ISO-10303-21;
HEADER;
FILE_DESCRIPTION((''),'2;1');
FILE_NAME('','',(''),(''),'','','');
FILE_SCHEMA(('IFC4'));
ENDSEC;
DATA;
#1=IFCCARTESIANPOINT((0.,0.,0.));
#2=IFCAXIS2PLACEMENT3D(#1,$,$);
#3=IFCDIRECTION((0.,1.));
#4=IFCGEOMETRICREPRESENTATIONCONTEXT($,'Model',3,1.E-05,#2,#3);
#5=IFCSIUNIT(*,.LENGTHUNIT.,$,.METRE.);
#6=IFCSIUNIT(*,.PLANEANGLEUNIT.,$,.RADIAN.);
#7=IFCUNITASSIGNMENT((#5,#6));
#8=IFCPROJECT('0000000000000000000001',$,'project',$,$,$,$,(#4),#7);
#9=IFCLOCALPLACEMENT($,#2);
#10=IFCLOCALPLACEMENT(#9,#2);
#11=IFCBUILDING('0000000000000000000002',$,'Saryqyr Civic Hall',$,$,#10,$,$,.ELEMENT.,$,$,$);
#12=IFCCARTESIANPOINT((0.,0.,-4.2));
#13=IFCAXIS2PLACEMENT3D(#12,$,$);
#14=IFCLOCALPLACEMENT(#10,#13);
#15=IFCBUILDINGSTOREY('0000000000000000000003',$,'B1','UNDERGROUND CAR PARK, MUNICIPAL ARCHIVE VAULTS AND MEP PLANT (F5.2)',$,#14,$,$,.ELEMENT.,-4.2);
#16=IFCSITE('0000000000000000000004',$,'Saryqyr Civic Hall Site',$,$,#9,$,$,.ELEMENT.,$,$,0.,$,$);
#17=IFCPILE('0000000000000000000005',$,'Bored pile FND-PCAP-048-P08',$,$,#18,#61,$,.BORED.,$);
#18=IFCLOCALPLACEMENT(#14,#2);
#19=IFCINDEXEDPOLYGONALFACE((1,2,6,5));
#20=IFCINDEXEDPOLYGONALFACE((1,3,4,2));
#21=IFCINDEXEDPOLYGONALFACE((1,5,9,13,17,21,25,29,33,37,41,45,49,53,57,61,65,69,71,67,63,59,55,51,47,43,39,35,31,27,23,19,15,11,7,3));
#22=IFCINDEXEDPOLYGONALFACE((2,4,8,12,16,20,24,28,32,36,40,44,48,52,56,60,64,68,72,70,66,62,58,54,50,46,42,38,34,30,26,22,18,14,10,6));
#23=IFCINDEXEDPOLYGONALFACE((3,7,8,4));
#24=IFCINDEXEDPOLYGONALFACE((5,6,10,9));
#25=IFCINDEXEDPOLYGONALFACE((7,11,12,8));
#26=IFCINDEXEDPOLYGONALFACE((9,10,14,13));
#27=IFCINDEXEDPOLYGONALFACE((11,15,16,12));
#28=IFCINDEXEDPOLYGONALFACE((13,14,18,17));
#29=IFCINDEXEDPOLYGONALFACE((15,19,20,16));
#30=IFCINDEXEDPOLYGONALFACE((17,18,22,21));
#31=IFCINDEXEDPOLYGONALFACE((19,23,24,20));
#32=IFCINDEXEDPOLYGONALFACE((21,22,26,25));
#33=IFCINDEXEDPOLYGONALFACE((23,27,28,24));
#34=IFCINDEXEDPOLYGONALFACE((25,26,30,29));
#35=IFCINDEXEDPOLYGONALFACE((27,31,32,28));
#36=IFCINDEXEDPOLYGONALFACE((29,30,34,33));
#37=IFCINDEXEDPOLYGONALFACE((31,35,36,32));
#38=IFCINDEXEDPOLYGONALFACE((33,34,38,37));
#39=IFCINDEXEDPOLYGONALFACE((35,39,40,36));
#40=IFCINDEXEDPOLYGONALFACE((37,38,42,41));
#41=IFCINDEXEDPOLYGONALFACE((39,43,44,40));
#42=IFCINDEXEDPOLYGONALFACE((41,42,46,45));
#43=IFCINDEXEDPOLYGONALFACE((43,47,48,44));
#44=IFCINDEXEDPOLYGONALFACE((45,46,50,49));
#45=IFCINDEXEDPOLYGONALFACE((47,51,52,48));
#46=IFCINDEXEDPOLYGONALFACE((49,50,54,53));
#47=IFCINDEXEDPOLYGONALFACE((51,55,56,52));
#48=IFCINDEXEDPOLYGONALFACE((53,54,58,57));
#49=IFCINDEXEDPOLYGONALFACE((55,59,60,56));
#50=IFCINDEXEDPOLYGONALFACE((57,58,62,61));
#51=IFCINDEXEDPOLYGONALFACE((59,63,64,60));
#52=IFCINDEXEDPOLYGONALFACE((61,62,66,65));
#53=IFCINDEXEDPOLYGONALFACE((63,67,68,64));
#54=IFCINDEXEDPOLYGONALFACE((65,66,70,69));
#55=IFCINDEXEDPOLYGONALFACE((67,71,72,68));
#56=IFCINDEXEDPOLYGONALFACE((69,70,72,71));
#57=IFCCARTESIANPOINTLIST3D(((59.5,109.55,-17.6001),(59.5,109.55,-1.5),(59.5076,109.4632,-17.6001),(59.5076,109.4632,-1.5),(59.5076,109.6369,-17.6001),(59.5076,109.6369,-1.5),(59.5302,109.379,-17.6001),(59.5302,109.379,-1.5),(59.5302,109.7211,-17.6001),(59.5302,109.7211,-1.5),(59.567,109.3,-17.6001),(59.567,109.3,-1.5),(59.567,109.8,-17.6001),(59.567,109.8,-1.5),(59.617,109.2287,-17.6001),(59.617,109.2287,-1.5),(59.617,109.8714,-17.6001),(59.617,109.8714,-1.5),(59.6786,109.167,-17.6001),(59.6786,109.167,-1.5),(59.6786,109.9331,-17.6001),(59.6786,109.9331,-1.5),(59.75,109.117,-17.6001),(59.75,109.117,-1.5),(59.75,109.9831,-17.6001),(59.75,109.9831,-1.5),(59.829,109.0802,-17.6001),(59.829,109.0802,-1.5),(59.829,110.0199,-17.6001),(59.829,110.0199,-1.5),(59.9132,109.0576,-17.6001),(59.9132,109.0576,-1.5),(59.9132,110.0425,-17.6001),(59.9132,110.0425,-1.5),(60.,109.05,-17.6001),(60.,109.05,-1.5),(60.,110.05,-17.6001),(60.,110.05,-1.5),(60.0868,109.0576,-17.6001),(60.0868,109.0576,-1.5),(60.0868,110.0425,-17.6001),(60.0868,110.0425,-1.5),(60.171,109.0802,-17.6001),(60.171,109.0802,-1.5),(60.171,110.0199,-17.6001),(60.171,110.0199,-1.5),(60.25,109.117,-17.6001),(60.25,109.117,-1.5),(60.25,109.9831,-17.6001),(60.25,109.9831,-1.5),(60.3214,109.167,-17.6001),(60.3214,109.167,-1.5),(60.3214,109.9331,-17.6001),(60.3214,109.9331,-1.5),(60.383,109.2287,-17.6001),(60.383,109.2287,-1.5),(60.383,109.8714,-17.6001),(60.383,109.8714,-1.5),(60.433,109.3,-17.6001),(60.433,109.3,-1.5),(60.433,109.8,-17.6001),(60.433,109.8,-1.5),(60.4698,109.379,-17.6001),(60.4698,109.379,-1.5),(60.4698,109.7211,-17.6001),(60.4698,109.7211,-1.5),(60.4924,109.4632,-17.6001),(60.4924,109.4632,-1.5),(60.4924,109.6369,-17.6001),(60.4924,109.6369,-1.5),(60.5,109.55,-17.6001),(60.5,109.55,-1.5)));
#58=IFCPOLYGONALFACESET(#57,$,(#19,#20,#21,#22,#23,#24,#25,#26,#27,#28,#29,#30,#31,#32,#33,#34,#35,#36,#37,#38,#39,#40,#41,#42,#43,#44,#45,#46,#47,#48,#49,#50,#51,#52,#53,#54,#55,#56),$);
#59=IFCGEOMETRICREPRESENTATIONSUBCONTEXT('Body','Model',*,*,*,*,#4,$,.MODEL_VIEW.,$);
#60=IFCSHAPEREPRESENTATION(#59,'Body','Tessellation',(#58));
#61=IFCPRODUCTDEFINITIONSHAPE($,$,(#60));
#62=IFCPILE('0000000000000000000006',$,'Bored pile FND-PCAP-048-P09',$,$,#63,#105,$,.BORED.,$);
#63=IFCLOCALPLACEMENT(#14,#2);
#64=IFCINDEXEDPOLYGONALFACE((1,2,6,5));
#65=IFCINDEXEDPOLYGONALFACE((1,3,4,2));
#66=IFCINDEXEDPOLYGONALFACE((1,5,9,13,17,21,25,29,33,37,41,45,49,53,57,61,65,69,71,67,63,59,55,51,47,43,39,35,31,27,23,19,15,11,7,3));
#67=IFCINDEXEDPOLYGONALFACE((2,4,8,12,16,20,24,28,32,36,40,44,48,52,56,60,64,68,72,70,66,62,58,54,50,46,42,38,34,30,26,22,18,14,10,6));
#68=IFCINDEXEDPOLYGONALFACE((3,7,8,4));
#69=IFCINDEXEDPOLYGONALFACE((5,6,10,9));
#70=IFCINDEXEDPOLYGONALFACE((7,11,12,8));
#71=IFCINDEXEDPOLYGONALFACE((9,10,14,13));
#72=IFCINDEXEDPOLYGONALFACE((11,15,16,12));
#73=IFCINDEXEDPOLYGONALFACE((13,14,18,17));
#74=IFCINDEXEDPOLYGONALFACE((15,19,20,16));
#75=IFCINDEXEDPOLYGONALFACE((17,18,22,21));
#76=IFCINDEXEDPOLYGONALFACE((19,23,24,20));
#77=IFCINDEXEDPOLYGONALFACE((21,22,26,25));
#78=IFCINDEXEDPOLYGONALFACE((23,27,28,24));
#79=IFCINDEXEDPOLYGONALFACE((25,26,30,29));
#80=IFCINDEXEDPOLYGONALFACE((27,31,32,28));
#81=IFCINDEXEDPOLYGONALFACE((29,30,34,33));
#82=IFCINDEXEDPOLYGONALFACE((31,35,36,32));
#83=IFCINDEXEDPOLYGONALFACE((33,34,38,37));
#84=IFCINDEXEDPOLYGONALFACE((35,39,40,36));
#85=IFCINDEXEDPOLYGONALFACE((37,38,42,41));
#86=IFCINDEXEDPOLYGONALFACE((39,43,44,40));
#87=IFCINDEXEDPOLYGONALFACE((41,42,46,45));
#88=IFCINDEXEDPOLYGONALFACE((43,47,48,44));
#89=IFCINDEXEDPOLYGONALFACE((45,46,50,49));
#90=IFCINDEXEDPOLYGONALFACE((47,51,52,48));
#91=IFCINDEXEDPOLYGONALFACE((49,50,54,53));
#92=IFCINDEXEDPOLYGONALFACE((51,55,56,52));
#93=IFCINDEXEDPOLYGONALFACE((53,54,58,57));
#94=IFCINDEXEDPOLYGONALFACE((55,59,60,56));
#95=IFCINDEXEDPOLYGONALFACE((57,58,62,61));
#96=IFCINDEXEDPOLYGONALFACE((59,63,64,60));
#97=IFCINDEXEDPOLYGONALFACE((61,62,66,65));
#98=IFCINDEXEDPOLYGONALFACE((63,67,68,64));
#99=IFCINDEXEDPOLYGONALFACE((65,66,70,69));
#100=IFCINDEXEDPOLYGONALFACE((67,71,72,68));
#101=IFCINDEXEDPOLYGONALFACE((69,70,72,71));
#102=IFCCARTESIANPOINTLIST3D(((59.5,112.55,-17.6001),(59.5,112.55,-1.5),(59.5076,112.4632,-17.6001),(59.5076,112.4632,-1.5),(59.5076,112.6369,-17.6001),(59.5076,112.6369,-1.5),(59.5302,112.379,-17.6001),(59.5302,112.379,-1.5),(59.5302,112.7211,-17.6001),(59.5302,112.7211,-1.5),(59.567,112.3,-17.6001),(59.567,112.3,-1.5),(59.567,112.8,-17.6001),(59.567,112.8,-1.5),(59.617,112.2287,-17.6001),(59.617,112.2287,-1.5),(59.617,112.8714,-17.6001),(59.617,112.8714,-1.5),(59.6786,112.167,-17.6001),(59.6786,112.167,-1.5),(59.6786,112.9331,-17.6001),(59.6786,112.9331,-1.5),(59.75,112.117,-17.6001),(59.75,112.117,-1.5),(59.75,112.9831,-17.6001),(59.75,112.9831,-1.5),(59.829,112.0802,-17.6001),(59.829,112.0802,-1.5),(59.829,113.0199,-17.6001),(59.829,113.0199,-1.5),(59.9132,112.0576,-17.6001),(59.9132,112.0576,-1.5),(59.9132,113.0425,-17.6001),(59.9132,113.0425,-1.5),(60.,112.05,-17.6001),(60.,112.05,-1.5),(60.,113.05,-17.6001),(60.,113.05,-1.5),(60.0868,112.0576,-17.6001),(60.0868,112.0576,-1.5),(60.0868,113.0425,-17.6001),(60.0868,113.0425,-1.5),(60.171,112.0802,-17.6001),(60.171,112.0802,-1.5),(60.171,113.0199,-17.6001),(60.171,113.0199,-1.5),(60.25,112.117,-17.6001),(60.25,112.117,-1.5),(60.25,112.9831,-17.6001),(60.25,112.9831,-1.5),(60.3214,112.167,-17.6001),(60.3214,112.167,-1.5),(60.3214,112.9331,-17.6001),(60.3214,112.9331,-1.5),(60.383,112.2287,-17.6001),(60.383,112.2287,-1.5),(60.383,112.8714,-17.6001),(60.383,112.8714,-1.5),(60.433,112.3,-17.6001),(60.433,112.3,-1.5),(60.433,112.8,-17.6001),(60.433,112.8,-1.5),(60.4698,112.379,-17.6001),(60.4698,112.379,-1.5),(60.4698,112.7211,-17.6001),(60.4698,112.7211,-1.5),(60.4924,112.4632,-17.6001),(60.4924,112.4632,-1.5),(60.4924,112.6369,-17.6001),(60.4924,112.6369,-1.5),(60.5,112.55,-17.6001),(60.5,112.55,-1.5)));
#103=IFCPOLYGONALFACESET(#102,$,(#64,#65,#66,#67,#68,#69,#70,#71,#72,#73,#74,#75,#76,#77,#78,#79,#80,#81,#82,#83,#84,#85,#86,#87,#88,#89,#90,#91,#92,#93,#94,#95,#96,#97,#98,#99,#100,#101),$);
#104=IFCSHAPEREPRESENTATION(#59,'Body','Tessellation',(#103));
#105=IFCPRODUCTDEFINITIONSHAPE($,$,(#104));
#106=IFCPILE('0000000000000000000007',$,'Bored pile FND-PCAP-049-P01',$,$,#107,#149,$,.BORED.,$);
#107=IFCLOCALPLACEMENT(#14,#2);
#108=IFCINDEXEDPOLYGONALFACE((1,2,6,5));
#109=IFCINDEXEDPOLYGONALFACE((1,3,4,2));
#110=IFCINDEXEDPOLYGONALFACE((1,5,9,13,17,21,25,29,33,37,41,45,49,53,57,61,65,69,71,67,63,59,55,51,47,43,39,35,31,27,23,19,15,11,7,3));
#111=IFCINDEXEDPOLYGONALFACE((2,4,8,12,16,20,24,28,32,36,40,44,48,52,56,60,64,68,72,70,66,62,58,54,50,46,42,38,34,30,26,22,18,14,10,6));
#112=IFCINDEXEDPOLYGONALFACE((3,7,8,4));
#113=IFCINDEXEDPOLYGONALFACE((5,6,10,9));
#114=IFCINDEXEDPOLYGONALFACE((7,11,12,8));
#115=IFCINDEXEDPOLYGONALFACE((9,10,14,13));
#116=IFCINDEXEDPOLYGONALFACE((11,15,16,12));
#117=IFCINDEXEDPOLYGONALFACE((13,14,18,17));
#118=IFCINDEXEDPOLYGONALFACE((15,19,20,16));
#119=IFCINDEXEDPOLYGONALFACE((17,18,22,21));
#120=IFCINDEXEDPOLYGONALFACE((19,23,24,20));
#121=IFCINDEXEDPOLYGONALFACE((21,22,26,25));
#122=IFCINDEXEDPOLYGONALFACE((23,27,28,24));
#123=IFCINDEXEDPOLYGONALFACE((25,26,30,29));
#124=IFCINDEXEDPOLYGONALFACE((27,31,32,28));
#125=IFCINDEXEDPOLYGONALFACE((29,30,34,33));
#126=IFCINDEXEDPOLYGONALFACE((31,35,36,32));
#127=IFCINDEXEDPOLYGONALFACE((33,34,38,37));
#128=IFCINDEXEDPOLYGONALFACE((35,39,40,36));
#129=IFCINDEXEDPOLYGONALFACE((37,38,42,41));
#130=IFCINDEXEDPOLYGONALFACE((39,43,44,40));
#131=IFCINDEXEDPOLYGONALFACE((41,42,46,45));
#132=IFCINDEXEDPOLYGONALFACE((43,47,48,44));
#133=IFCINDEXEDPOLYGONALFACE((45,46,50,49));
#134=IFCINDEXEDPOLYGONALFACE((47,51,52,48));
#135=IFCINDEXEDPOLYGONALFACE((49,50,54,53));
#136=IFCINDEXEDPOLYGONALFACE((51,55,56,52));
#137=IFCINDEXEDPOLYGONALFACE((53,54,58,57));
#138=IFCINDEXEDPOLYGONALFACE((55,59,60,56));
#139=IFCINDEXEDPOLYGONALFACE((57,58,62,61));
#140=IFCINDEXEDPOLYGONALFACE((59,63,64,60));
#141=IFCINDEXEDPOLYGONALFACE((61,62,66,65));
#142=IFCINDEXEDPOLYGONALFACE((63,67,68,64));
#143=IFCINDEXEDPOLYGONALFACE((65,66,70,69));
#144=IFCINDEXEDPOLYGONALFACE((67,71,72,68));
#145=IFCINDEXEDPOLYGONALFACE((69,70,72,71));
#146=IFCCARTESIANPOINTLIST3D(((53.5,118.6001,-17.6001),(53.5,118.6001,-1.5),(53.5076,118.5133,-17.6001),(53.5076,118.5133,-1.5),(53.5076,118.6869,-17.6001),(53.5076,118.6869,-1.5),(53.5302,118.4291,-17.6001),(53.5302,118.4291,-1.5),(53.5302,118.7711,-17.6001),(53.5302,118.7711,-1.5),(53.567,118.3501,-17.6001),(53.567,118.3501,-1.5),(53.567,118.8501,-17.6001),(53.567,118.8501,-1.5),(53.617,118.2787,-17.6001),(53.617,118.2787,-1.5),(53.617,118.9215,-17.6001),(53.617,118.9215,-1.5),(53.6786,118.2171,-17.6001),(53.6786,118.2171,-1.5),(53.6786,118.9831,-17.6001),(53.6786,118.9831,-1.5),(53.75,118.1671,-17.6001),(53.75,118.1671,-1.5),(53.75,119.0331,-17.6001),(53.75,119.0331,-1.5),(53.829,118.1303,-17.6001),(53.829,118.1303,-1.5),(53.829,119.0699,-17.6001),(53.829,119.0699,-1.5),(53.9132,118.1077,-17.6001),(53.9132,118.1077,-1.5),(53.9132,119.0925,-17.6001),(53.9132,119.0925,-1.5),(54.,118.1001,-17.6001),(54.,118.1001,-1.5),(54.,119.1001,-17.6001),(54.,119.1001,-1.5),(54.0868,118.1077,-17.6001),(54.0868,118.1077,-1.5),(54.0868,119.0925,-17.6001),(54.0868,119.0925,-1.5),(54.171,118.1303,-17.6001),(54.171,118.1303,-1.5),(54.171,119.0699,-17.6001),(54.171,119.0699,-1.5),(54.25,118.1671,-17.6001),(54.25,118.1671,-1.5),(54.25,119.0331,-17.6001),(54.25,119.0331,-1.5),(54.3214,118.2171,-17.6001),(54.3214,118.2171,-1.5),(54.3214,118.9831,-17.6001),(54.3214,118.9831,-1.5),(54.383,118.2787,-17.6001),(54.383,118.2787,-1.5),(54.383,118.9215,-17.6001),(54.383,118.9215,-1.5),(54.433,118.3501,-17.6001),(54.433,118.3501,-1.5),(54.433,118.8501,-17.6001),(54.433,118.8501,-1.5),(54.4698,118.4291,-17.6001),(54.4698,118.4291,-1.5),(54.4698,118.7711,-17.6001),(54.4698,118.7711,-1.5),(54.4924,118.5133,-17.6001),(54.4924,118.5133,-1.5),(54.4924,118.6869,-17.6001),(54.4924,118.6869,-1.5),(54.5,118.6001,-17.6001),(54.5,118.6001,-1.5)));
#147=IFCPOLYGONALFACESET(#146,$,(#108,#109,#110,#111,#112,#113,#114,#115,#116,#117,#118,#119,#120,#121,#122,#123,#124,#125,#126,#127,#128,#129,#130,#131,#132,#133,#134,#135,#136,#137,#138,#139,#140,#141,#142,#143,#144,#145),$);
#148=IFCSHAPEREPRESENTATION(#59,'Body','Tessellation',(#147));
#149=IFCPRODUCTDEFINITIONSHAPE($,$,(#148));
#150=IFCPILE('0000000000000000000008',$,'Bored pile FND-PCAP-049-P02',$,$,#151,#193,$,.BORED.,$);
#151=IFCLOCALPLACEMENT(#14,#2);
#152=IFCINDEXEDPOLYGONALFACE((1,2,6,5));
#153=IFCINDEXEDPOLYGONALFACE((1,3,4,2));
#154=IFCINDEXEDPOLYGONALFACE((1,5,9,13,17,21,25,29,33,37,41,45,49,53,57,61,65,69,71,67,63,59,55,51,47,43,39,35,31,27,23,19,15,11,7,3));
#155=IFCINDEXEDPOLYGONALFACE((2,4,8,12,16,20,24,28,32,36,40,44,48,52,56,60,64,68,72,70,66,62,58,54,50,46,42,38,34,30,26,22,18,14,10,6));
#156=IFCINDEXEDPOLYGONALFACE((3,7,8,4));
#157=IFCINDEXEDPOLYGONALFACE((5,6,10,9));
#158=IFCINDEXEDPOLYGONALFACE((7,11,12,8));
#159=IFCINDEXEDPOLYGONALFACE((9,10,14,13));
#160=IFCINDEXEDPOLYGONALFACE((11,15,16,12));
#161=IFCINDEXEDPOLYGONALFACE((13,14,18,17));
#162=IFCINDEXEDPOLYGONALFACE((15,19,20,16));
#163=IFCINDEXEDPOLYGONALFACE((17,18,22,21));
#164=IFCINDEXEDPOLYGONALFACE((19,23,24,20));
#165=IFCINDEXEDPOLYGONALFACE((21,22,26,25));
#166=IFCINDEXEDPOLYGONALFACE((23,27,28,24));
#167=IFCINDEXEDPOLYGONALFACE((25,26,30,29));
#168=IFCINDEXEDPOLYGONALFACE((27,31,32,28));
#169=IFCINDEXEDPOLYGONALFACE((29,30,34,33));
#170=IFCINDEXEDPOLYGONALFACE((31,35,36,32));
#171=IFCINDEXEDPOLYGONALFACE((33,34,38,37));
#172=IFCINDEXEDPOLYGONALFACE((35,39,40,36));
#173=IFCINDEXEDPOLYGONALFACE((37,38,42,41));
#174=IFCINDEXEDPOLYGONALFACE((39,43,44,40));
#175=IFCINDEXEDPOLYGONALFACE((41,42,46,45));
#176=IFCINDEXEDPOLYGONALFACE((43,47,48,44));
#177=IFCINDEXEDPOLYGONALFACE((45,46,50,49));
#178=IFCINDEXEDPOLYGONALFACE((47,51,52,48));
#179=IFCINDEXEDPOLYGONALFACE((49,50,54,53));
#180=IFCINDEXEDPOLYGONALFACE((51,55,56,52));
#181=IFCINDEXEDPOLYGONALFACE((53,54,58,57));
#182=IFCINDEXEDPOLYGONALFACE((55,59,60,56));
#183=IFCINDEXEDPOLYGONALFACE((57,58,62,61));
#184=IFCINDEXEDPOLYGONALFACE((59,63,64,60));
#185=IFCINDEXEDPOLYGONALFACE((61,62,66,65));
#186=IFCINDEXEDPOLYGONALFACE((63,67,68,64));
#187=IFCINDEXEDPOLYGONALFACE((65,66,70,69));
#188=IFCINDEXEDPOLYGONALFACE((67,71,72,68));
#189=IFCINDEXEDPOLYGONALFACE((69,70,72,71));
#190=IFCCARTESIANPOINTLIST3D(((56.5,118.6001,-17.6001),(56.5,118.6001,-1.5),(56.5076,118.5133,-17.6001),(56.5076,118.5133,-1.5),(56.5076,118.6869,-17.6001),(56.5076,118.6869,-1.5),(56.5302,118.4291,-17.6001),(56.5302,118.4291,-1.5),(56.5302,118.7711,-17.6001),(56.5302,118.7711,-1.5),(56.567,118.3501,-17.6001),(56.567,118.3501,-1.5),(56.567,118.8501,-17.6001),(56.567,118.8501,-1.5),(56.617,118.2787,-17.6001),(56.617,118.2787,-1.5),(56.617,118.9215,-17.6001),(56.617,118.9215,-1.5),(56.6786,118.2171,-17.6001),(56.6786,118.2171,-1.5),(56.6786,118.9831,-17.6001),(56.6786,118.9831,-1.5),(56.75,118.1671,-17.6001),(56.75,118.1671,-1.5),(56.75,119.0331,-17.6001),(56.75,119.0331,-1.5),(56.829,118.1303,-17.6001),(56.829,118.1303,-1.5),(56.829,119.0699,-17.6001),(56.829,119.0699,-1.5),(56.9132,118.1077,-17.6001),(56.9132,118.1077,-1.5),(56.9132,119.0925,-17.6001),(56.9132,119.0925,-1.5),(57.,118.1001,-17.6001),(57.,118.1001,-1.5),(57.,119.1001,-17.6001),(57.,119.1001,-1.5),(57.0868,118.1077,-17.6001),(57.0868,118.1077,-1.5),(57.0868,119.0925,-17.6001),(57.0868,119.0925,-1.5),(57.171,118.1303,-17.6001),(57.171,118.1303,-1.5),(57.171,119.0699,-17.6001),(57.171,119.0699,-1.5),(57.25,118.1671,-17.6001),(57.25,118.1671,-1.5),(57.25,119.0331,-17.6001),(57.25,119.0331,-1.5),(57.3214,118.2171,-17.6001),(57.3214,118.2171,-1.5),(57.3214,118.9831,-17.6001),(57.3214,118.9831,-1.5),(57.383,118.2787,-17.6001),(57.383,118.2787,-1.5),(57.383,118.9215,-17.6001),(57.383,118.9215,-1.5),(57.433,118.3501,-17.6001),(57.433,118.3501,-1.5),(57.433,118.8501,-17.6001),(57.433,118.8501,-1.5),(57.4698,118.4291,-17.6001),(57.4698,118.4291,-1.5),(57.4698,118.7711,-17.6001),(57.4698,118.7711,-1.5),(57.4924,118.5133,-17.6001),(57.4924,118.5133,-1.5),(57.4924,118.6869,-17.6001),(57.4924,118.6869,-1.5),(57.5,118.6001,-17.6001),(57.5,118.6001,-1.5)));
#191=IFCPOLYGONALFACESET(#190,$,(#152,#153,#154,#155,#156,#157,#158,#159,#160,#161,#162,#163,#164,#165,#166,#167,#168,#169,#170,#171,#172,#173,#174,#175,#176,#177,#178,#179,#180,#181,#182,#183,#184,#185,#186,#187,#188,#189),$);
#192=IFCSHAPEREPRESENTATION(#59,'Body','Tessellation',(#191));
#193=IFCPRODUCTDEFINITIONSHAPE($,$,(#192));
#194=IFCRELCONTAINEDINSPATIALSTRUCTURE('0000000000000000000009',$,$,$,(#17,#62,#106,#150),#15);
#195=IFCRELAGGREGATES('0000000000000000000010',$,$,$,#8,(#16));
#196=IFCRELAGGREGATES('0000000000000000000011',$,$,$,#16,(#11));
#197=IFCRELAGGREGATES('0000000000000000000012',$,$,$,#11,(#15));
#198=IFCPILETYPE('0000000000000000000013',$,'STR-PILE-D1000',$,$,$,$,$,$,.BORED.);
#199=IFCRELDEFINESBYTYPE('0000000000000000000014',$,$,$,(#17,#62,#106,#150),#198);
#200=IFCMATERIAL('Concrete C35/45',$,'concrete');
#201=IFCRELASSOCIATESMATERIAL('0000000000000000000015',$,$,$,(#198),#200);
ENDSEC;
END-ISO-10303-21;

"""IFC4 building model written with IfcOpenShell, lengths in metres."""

from ifc_helpers import new_model, si_unit, direction, frame, origin, origin_2d, place, context, subcontext, project, spatial, circle, extrude, material, material_profile, profile_set, type_object, element, save


model = new_model("IFC4")

# Units and contexts
model_context = context("Model", 3, precision=1e-05, world=origin(), true_north=direction((0.0, 1.0)))
body_context = subcontext(model_context, "Body", "Model", "MODEL_VIEW")
ifc_project = project(units=[si_unit("LENGTHUNIT", "METRE"), si_unit("PLANEANGLEUNIT", "RADIAN")], contexts=[model_context])

# Site, building, storey
site_placement = place(None, origin())
site = spatial("IfcSite", under=ifc_project, at=site_placement, Name="Saryqyr Civic Hall Site", CompositionType="ELEMENT", RefElevation=0.0)
building_placement = place(site_placement, origin())
building = spatial("IfcBuilding", under=site, at=building_placement, Name="Saryqyr Civic Hall", CompositionType="ELEMENT")
storey_placement = place(building_placement, frame((0.0, 0.0, -4.2)))
storey = spatial("IfcBuildingStorey", under=building, at=storey_placement, Name="B1", Description="UNDERGROUND CAR PARK, MUNICIPAL ARCHIVE VAULTS AND MEP PLANT (F5.2)", CompositionType="ELEMENT", Elevation=-4.2)

# Shared definitions
ifc_material_1 = material(Name="Concrete C35/45", Category="concrete")

# Piles
ifc_material_profile_1 = material_profile(ifc_material_1, circle(Radius=0.5, at=origin_2d()), Name="BORED PILE D1000")
ifc_profile_set_1 = profile_set([ifc_material_profile_1], Name="Concrete C35/45")
pile_type = type_object("IfcPileType", Name="STR-PILE-D1000", PredefinedType="BORED", material=ifc_profile_set_1)
for number, where, z_axis, x_axis, name in (
    (1, (60.0, 109.55, -1.5), (0.0, 0.0, -1.0), (1.0, 0.0, 0.0), "Bored pile FND-PCAP-048-P08"),
    (2, (60.0, 112.55, -1.5), (0.0, 0.0, -1.0), (1.0, 0.0, 0.0), "Bored pile FND-PCAP-048-P09"),
    (3, (54.0, 118.6001, -1.5), (0.0, 0.0, -1.0), (1.0, 0.0, 0.0), "Bored pile FND-PCAP-049-P01"),
    (4, (57.0, 118.6001, -1.5), (0.0, 0.0, -1.0), (1.0, 0.0, 0.0), "Bored pile FND-PCAP-049-P02"),
):
    element("IfcPile", number, at=place(storey_placement, frame(where, z_axis=z_axis, x_axis=x_axis)), inside=storey, type_object=pile_type, Name=name, PredefinedType="BORED", context=body_context, shape_type="SweptSolid", body=[
        extrude(circle(Radius=0.5, at=origin_2d()), origin(), (0.0, 0.0, 1.0), 16.1001),
    ])

save(model, "model.ifc")
